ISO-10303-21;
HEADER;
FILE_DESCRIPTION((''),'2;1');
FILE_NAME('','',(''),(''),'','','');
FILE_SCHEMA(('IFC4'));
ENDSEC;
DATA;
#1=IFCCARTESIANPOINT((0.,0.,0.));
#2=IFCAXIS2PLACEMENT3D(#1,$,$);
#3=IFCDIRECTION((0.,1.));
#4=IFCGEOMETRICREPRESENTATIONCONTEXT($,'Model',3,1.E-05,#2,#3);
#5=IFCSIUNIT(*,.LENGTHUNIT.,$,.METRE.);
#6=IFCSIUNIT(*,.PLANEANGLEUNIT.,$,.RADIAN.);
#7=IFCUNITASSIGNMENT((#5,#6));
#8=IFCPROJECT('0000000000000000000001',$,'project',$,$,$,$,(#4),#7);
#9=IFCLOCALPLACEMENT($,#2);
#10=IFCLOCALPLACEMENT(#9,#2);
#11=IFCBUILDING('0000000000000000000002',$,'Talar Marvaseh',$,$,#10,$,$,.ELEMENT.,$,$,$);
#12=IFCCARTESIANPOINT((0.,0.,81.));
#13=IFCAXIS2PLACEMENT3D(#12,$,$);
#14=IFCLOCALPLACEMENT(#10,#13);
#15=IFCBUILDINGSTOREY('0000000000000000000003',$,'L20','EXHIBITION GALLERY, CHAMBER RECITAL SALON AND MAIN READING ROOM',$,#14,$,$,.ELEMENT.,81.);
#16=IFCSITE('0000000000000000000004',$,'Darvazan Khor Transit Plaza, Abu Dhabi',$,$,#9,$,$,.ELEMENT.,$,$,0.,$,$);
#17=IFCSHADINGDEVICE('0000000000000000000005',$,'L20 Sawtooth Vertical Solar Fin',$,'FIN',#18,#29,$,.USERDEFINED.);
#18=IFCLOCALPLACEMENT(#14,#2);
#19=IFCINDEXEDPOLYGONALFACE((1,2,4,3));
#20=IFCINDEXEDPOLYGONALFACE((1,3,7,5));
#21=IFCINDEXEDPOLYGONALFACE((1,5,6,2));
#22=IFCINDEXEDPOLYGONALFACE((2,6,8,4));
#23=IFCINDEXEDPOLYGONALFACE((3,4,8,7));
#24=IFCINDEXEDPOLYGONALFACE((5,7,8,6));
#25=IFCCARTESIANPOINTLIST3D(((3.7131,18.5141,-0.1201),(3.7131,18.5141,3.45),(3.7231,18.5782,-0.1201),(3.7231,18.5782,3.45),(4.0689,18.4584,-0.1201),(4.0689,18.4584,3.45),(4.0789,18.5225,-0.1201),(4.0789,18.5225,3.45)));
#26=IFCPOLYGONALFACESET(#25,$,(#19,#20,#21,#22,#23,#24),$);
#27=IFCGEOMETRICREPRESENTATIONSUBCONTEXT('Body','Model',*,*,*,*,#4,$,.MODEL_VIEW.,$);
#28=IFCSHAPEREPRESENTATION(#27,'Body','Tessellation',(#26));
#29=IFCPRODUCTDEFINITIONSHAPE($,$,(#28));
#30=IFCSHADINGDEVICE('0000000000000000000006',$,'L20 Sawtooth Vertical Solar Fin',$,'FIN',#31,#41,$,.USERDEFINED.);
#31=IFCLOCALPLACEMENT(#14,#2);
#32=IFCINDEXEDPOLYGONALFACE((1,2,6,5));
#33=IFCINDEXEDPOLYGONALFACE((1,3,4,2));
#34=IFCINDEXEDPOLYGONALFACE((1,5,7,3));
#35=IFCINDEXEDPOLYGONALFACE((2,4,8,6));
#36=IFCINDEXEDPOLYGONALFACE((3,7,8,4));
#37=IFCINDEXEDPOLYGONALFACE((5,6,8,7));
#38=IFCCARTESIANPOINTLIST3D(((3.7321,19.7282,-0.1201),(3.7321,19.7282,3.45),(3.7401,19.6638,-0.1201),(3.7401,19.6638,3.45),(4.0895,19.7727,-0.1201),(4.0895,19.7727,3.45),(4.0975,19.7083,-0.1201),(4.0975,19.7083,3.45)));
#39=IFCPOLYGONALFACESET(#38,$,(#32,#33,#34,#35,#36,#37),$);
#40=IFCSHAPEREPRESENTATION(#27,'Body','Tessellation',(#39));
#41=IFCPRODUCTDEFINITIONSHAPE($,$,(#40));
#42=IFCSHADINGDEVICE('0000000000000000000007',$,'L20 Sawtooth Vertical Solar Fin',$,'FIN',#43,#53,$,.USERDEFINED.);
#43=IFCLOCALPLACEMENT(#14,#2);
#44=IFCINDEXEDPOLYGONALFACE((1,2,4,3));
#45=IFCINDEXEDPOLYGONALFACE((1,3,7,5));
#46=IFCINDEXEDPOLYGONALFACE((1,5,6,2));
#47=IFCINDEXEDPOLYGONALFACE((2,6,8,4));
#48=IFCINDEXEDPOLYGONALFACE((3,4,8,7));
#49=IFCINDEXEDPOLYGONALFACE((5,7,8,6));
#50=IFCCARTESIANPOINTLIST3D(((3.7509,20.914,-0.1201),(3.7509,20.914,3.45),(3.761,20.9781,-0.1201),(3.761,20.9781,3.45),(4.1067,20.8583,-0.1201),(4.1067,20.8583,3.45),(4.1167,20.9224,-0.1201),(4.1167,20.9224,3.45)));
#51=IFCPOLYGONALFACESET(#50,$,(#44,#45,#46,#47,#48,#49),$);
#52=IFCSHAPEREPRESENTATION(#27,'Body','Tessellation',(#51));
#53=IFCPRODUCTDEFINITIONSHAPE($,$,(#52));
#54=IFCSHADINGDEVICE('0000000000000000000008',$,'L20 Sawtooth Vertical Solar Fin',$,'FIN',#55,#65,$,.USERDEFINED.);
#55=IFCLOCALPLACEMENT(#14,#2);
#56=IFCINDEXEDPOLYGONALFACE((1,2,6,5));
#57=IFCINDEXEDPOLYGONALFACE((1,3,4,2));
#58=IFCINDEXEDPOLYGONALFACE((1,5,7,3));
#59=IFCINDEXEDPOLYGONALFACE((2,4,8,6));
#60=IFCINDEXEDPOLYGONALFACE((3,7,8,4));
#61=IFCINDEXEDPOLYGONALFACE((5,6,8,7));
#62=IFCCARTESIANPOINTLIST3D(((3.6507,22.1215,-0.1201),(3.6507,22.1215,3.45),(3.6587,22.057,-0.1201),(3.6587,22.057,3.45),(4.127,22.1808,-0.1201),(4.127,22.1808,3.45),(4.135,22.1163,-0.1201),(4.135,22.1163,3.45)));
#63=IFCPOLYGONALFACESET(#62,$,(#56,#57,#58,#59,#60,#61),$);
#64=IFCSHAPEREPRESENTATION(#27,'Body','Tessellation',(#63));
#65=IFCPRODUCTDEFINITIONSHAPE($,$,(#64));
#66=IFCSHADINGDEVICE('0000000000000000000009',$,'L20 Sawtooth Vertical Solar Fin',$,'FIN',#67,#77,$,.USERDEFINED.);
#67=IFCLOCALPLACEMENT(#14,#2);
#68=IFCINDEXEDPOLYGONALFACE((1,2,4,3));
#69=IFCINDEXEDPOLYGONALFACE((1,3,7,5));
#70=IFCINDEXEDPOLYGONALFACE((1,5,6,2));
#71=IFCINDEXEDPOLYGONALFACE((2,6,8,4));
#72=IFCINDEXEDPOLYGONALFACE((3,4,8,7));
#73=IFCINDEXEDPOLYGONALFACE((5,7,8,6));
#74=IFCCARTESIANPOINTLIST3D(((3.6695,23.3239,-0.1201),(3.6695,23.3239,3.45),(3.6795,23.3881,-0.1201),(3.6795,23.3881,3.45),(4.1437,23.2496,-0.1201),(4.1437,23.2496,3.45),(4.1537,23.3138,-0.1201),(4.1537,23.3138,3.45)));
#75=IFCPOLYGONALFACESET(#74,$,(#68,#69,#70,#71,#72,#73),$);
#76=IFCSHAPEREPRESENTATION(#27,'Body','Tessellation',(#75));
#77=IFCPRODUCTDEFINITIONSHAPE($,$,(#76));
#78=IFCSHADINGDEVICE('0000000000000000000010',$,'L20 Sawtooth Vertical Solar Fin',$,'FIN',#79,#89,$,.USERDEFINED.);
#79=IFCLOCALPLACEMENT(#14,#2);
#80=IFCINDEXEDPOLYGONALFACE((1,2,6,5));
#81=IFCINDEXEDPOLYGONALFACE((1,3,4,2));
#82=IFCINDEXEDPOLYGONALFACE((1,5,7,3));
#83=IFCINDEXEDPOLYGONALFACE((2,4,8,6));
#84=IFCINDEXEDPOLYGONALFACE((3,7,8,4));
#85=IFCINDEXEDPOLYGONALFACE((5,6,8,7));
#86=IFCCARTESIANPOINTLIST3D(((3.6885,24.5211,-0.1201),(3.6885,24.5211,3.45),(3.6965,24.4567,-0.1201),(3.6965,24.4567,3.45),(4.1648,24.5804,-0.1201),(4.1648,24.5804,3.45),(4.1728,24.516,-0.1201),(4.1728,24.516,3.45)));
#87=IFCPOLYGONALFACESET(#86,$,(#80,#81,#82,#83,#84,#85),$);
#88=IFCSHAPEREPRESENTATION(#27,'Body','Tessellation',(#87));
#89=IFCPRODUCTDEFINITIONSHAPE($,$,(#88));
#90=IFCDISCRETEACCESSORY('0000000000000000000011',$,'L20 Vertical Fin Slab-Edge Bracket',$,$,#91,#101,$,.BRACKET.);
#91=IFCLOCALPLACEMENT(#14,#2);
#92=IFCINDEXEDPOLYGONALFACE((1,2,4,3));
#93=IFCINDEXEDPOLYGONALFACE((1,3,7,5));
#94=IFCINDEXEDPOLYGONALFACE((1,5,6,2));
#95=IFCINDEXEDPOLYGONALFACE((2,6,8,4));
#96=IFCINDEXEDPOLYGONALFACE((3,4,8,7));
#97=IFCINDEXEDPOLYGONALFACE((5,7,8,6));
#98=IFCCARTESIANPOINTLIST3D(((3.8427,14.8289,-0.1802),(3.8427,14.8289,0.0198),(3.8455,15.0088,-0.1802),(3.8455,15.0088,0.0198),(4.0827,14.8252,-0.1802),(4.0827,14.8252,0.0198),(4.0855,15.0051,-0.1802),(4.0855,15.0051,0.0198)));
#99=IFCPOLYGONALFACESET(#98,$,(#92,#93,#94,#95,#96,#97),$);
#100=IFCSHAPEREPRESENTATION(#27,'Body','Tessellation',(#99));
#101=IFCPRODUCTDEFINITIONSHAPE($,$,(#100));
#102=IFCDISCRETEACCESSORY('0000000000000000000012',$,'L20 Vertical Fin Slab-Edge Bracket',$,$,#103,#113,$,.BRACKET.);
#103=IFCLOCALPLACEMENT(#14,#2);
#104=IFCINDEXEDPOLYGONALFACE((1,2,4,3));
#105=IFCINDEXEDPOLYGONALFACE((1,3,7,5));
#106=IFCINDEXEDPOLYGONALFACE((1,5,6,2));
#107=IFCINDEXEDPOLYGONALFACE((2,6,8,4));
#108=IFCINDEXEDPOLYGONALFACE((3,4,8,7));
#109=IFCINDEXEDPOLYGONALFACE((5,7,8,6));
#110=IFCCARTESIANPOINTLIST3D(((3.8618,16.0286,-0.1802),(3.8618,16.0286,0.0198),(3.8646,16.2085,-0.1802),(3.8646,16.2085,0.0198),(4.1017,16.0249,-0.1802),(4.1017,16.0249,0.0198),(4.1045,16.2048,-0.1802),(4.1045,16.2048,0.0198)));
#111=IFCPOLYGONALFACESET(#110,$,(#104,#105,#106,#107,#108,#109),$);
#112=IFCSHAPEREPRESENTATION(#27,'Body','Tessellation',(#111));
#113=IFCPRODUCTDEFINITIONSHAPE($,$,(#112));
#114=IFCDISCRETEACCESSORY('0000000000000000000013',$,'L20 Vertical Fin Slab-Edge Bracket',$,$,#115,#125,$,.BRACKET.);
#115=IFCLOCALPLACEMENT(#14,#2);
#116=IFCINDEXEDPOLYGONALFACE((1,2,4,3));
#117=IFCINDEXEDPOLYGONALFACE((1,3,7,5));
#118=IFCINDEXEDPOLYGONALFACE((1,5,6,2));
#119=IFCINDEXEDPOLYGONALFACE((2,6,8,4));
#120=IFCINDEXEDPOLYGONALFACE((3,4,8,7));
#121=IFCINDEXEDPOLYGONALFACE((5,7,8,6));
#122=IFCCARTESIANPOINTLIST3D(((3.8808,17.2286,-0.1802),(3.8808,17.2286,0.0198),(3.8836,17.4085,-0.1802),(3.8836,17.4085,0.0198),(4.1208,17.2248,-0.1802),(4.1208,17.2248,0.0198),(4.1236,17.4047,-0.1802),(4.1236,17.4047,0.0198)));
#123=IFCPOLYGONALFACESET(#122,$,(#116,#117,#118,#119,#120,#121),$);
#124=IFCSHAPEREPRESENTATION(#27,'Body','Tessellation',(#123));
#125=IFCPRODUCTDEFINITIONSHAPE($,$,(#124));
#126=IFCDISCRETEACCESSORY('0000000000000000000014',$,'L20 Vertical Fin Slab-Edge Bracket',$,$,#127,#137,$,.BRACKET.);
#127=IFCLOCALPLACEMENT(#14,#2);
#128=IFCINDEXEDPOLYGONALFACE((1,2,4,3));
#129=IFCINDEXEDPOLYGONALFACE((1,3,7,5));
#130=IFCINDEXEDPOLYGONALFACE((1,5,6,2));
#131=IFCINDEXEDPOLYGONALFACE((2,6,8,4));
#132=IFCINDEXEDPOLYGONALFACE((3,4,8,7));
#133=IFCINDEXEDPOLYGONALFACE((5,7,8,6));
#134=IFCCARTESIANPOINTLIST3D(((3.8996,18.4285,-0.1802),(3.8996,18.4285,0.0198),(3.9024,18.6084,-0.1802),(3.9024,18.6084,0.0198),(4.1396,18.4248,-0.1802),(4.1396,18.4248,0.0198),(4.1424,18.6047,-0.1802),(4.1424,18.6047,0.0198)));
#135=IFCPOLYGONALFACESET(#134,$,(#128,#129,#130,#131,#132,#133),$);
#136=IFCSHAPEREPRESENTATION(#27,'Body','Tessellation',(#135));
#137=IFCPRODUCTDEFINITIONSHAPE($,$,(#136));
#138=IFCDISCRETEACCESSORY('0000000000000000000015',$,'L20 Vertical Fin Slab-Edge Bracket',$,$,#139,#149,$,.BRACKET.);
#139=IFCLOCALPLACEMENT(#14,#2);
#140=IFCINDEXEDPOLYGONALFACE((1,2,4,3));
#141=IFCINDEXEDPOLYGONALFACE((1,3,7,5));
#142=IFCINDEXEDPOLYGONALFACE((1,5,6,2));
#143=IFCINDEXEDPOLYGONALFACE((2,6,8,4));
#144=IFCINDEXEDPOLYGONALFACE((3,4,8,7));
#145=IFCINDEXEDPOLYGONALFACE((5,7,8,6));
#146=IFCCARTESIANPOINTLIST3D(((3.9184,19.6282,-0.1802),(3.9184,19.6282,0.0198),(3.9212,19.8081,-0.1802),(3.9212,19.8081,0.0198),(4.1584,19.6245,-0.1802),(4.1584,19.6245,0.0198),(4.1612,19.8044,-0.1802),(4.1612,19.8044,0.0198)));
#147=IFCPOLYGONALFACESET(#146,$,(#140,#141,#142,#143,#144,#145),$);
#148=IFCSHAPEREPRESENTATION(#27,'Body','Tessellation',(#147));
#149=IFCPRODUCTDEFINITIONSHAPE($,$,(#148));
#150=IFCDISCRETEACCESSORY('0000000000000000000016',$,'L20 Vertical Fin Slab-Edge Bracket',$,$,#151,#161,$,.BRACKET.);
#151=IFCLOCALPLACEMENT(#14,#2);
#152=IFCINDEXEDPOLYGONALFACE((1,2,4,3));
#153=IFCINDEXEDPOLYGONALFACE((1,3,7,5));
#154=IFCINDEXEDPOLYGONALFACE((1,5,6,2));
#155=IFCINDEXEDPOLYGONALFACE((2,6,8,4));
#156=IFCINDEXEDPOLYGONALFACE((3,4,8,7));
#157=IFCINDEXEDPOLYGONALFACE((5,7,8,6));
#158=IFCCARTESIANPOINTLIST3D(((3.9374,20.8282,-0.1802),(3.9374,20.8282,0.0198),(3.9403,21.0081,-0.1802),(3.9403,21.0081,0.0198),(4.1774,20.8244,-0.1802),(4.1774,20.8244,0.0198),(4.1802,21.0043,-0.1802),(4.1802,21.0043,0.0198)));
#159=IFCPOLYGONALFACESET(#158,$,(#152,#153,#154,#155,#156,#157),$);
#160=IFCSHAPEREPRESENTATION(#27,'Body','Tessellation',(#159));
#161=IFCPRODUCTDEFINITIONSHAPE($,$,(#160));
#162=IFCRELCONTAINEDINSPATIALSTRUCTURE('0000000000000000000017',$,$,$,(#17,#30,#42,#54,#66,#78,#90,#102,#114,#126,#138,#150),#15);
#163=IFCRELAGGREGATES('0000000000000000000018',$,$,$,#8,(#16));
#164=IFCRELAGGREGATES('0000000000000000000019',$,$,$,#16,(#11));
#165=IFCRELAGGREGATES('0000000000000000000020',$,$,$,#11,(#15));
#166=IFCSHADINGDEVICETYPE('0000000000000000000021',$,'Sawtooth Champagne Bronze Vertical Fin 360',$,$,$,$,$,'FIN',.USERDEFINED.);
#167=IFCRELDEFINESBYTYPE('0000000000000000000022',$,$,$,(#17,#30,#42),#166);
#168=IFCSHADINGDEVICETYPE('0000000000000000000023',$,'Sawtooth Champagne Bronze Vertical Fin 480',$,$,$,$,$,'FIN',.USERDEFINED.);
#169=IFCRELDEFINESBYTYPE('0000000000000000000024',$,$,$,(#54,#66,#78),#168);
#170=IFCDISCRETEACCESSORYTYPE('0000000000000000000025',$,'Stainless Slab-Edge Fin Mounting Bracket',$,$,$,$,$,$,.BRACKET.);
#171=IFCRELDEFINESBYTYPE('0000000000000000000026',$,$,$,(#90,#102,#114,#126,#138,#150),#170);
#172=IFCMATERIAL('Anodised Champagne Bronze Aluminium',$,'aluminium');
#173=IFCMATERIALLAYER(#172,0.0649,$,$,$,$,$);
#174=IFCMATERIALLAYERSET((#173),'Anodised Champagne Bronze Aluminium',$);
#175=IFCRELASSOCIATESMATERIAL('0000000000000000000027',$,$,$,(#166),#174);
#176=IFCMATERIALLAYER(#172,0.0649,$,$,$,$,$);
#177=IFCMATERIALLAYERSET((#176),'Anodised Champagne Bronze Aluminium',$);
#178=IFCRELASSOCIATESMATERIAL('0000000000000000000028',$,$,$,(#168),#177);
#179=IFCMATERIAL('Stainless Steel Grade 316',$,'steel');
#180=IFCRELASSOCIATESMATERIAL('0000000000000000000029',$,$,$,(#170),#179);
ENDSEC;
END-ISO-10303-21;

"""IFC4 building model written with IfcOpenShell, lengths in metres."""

from ifc_helpers import new_model, si_unit, direction, frame, origin, origin_2d, place, context, subcontext, project, spatial, rectangle, extrude, source, transform, mapped, material, layer, layer_set, type_object, type_shapes, element, save


model = new_model("IFC4")

# Units and contexts
model_context = context("Model", 3, precision=1e-05, world=origin(), true_north=direction((0.0, 1.0)))
body_context = subcontext(model_context, "Body", "Model", "MODEL_VIEW")
ifc_project = project(units=[si_unit("LENGTHUNIT", "METRE"), si_unit("PLANEANGLEUNIT", "RADIAN")], contexts=[model_context])

# Site, building, storey
site_placement = place(None, origin())
site = spatial("IfcSite", under=ifc_project, at=site_placement, Name="Darvazan Khor Transit Plaza, Abu Dhabi", CompositionType="ELEMENT", RefElevation=0.0)
building_placement = place(site_placement, origin())
building = spatial("IfcBuilding", under=site, at=building_placement, Name="Talar Marvaseh", CompositionType="ELEMENT")
storey_placement = place(building_placement, frame((0.0, 0.0, 81.0)))
storey = spatial("IfcBuildingStorey", under=building, at=storey_placement, Name="L20", Description="EXHIBITION GALLERY, CHAMBER RECITAL SALON AND MAIN READING ROOM", CompositionType="ELEMENT", Elevation=81.0)

# Shading devices
ifc_material_1 = material(Name="Anodised Champagne Bronze Aluminium", Category="aluminium")
ifc_layer_1 = layer(ifc_material_1, 0.0649)
ifc_layer_set_1 = layer_set([ifc_layer_1], Name="Anodised Champagne Bronze Aluminium")
shading_device_type_1 = type_object("IfcShadingDeviceType", Name="Sawtooth Champagne Bronze Vertical Fin 360", ElementType="FIN", PredefinedType="USERDEFINED", material=ifc_layer_set_1)
shared_shape_1 = source(origin(), body_context, "Body", "SweptSolid", [
    extrude(rectangle(XDim=0.3601, YDim=0.0649, at=origin_2d()), origin(), (0.0, 0.0, 1.0), 3.5701),
])
type_shapes(shading_device_type_1, [shared_shape_1])
for number, where, z_axis, x_axis, name in (
    (1, (3.896, 18.5183, -0.1201), (0.0, 0.0, 1.0), (-0.98796, 0.15471, 0.0), "L20 Sawtooth Vertical Solar Fin"),
    (2, (3.9148, 19.7183, -0.1201), (0.0, 0.0, 1.0), (-0.992332, -0.123601, 0.0), "L20 Sawtooth Vertical Solar Fin"),
    (3, (3.9338, 20.9182, -0.1201), (0.0, 0.0, 1.0), (-0.98796, 0.15471, 0.0), "L20 Sawtooth Vertical Solar Fin"),
):
    element("IfcShadingDevice", number, at=place(storey_placement, frame(where, z_axis=z_axis, x_axis=x_axis)), inside=storey, type_object=shading_device_type_1, Name=name, ObjectType="FIN", PredefinedType="USERDEFINED", context=body_context, shape_type="MappedRepresentation", body=[
        mapped(shared_shape_1, transform((0.0, 0.0, 0.0), x_axis=(1.0, 0.0, 0.0), y_axis=(0.0, 1.0, 0.0), z_axis=(0.0, 0.0, 1.0), scale=1.0)),
    ])
ifc_layer_2 = layer(ifc_material_1, 0.0649)
ifc_layer_set_2 = layer_set([ifc_layer_2], Name="Anodised Champagne Bronze Aluminium")
shading_device_type_2 = type_object("IfcShadingDeviceType", Name="Sawtooth Champagne Bronze Vertical Fin 480", ElementType="FIN", PredefinedType="USERDEFINED", material=ifc_layer_set_2)
shared_shape_2 = source(origin(), body_context, "Body", "SweptSolid", [
    extrude(rectangle(XDim=0.48, YDim=0.0649, at=origin_2d()), origin(), (0.0, 0.0, 1.0), 3.5701),
])
type_shapes(shading_device_type_2, [shared_shape_2])
for number, where, z_axis, x_axis, name in (
    (4, (3.8928, 22.1189, -0.1201), (0.0, 0.0, 1.0), (-0.992332, -0.123601, 0.0), "L20 Sawtooth Vertical Solar Fin"),
    (5, (3.9116, 23.3188, -0.1201), (0.0, 0.0, 1.0), (-0.98796, 0.15471, 0.0), "L20 Sawtooth Vertical Solar Fin"),
    (6, (3.9307, 24.5186, -0.1201), (0.0, 0.0, 1.0), (-0.992332, -0.123601, 0.0), "L20 Sawtooth Vertical Solar Fin"),
):
    element("IfcShadingDevice", number, at=place(storey_placement, frame(where, z_axis=z_axis, x_axis=x_axis)), inside=storey, type_object=shading_device_type_2, Name=name, ObjectType="FIN", PredefinedType="USERDEFINED", context=body_context, shape_type="MappedRepresentation", body=[
        mapped(shared_shape_2, transform((0.0, 0.0, 0.0), x_axis=(1.0, 0.0, 0.0), y_axis=(0.0, 1.0, 0.0), z_axis=(0.0, 0.0, 1.0), scale=1.0)),
    ])

# Discrete accessories
ifc_material_2 = material(Name="Stainless Steel Grade 316", Category="steel")
discrete_accessory_type = type_object("IfcDiscreteAccessoryType", Name="Stainless Slab-Edge Fin Mounting Bracket", PredefinedType="BRACKET", material=ifc_material_2)
shared_shape_3 = source(origin(), body_context, "Body", "SweptSolid", [
    extrude(rectangle(XDim=0.24, YDim=0.1799, at=origin_2d()), origin(), (0.0, 0.0, 1.0), 0.2),
])
type_shapes(discrete_accessory_type, [shared_shape_3])
for number, where, z_axis, x_axis, name in (
    (7, (3.9641, 14.917, -0.1802), (0.0, 0.0, 1.0), (-0.999877, 0.015707, 0.0), "L20 Vertical Fin Slab-Edge Bracket"),
    (8, (3.9832, 16.1167, -0.1802), (0.0, 0.0, 1.0), (-0.999877, 0.015707, 0.0), "L20 Vertical Fin Slab-Edge Bracket"),
    (9, (4.0022, 17.3167, -0.1802), (0.0, 0.0, 1.0), (-0.999877, 0.015707, 0.0), "L20 Vertical Fin Slab-Edge Bracket"),
    (10, (4.021, 18.5166, -0.1802), (0.0, 0.0, 1.0), (-0.999877, 0.015707, 0.0), "L20 Vertical Fin Slab-Edge Bracket"),
    (11, (4.0398, 19.7163, -0.1802), (0.0, 0.0, 1.0), (-0.999877, 0.015707, 0.0), "L20 Vertical Fin Slab-Edge Bracket"),
    (12, (4.0588, 20.9163, -0.1802), (0.0, 0.0, 1.0), (-0.999877, 0.015707, 0.0), "L20 Vertical Fin Slab-Edge Bracket"),
):
    element("IfcDiscreteAccessory", number, at=place(storey_placement, frame(where, z_axis=z_axis, x_axis=x_axis)), inside=storey, type_object=discrete_accessory_type, Name=name, PredefinedType="BRACKET", context=body_context, shape_type="MappedRepresentation", body=[
        mapped(shared_shape_3, transform((0.0, 0.0, 0.0), x_axis=(1.0, 0.0, 0.0), y_axis=(0.0, 1.0, 0.0), z_axis=(0.0, 0.0, 1.0), scale=1.0)),
    ])

save(model, "model.ifc")
